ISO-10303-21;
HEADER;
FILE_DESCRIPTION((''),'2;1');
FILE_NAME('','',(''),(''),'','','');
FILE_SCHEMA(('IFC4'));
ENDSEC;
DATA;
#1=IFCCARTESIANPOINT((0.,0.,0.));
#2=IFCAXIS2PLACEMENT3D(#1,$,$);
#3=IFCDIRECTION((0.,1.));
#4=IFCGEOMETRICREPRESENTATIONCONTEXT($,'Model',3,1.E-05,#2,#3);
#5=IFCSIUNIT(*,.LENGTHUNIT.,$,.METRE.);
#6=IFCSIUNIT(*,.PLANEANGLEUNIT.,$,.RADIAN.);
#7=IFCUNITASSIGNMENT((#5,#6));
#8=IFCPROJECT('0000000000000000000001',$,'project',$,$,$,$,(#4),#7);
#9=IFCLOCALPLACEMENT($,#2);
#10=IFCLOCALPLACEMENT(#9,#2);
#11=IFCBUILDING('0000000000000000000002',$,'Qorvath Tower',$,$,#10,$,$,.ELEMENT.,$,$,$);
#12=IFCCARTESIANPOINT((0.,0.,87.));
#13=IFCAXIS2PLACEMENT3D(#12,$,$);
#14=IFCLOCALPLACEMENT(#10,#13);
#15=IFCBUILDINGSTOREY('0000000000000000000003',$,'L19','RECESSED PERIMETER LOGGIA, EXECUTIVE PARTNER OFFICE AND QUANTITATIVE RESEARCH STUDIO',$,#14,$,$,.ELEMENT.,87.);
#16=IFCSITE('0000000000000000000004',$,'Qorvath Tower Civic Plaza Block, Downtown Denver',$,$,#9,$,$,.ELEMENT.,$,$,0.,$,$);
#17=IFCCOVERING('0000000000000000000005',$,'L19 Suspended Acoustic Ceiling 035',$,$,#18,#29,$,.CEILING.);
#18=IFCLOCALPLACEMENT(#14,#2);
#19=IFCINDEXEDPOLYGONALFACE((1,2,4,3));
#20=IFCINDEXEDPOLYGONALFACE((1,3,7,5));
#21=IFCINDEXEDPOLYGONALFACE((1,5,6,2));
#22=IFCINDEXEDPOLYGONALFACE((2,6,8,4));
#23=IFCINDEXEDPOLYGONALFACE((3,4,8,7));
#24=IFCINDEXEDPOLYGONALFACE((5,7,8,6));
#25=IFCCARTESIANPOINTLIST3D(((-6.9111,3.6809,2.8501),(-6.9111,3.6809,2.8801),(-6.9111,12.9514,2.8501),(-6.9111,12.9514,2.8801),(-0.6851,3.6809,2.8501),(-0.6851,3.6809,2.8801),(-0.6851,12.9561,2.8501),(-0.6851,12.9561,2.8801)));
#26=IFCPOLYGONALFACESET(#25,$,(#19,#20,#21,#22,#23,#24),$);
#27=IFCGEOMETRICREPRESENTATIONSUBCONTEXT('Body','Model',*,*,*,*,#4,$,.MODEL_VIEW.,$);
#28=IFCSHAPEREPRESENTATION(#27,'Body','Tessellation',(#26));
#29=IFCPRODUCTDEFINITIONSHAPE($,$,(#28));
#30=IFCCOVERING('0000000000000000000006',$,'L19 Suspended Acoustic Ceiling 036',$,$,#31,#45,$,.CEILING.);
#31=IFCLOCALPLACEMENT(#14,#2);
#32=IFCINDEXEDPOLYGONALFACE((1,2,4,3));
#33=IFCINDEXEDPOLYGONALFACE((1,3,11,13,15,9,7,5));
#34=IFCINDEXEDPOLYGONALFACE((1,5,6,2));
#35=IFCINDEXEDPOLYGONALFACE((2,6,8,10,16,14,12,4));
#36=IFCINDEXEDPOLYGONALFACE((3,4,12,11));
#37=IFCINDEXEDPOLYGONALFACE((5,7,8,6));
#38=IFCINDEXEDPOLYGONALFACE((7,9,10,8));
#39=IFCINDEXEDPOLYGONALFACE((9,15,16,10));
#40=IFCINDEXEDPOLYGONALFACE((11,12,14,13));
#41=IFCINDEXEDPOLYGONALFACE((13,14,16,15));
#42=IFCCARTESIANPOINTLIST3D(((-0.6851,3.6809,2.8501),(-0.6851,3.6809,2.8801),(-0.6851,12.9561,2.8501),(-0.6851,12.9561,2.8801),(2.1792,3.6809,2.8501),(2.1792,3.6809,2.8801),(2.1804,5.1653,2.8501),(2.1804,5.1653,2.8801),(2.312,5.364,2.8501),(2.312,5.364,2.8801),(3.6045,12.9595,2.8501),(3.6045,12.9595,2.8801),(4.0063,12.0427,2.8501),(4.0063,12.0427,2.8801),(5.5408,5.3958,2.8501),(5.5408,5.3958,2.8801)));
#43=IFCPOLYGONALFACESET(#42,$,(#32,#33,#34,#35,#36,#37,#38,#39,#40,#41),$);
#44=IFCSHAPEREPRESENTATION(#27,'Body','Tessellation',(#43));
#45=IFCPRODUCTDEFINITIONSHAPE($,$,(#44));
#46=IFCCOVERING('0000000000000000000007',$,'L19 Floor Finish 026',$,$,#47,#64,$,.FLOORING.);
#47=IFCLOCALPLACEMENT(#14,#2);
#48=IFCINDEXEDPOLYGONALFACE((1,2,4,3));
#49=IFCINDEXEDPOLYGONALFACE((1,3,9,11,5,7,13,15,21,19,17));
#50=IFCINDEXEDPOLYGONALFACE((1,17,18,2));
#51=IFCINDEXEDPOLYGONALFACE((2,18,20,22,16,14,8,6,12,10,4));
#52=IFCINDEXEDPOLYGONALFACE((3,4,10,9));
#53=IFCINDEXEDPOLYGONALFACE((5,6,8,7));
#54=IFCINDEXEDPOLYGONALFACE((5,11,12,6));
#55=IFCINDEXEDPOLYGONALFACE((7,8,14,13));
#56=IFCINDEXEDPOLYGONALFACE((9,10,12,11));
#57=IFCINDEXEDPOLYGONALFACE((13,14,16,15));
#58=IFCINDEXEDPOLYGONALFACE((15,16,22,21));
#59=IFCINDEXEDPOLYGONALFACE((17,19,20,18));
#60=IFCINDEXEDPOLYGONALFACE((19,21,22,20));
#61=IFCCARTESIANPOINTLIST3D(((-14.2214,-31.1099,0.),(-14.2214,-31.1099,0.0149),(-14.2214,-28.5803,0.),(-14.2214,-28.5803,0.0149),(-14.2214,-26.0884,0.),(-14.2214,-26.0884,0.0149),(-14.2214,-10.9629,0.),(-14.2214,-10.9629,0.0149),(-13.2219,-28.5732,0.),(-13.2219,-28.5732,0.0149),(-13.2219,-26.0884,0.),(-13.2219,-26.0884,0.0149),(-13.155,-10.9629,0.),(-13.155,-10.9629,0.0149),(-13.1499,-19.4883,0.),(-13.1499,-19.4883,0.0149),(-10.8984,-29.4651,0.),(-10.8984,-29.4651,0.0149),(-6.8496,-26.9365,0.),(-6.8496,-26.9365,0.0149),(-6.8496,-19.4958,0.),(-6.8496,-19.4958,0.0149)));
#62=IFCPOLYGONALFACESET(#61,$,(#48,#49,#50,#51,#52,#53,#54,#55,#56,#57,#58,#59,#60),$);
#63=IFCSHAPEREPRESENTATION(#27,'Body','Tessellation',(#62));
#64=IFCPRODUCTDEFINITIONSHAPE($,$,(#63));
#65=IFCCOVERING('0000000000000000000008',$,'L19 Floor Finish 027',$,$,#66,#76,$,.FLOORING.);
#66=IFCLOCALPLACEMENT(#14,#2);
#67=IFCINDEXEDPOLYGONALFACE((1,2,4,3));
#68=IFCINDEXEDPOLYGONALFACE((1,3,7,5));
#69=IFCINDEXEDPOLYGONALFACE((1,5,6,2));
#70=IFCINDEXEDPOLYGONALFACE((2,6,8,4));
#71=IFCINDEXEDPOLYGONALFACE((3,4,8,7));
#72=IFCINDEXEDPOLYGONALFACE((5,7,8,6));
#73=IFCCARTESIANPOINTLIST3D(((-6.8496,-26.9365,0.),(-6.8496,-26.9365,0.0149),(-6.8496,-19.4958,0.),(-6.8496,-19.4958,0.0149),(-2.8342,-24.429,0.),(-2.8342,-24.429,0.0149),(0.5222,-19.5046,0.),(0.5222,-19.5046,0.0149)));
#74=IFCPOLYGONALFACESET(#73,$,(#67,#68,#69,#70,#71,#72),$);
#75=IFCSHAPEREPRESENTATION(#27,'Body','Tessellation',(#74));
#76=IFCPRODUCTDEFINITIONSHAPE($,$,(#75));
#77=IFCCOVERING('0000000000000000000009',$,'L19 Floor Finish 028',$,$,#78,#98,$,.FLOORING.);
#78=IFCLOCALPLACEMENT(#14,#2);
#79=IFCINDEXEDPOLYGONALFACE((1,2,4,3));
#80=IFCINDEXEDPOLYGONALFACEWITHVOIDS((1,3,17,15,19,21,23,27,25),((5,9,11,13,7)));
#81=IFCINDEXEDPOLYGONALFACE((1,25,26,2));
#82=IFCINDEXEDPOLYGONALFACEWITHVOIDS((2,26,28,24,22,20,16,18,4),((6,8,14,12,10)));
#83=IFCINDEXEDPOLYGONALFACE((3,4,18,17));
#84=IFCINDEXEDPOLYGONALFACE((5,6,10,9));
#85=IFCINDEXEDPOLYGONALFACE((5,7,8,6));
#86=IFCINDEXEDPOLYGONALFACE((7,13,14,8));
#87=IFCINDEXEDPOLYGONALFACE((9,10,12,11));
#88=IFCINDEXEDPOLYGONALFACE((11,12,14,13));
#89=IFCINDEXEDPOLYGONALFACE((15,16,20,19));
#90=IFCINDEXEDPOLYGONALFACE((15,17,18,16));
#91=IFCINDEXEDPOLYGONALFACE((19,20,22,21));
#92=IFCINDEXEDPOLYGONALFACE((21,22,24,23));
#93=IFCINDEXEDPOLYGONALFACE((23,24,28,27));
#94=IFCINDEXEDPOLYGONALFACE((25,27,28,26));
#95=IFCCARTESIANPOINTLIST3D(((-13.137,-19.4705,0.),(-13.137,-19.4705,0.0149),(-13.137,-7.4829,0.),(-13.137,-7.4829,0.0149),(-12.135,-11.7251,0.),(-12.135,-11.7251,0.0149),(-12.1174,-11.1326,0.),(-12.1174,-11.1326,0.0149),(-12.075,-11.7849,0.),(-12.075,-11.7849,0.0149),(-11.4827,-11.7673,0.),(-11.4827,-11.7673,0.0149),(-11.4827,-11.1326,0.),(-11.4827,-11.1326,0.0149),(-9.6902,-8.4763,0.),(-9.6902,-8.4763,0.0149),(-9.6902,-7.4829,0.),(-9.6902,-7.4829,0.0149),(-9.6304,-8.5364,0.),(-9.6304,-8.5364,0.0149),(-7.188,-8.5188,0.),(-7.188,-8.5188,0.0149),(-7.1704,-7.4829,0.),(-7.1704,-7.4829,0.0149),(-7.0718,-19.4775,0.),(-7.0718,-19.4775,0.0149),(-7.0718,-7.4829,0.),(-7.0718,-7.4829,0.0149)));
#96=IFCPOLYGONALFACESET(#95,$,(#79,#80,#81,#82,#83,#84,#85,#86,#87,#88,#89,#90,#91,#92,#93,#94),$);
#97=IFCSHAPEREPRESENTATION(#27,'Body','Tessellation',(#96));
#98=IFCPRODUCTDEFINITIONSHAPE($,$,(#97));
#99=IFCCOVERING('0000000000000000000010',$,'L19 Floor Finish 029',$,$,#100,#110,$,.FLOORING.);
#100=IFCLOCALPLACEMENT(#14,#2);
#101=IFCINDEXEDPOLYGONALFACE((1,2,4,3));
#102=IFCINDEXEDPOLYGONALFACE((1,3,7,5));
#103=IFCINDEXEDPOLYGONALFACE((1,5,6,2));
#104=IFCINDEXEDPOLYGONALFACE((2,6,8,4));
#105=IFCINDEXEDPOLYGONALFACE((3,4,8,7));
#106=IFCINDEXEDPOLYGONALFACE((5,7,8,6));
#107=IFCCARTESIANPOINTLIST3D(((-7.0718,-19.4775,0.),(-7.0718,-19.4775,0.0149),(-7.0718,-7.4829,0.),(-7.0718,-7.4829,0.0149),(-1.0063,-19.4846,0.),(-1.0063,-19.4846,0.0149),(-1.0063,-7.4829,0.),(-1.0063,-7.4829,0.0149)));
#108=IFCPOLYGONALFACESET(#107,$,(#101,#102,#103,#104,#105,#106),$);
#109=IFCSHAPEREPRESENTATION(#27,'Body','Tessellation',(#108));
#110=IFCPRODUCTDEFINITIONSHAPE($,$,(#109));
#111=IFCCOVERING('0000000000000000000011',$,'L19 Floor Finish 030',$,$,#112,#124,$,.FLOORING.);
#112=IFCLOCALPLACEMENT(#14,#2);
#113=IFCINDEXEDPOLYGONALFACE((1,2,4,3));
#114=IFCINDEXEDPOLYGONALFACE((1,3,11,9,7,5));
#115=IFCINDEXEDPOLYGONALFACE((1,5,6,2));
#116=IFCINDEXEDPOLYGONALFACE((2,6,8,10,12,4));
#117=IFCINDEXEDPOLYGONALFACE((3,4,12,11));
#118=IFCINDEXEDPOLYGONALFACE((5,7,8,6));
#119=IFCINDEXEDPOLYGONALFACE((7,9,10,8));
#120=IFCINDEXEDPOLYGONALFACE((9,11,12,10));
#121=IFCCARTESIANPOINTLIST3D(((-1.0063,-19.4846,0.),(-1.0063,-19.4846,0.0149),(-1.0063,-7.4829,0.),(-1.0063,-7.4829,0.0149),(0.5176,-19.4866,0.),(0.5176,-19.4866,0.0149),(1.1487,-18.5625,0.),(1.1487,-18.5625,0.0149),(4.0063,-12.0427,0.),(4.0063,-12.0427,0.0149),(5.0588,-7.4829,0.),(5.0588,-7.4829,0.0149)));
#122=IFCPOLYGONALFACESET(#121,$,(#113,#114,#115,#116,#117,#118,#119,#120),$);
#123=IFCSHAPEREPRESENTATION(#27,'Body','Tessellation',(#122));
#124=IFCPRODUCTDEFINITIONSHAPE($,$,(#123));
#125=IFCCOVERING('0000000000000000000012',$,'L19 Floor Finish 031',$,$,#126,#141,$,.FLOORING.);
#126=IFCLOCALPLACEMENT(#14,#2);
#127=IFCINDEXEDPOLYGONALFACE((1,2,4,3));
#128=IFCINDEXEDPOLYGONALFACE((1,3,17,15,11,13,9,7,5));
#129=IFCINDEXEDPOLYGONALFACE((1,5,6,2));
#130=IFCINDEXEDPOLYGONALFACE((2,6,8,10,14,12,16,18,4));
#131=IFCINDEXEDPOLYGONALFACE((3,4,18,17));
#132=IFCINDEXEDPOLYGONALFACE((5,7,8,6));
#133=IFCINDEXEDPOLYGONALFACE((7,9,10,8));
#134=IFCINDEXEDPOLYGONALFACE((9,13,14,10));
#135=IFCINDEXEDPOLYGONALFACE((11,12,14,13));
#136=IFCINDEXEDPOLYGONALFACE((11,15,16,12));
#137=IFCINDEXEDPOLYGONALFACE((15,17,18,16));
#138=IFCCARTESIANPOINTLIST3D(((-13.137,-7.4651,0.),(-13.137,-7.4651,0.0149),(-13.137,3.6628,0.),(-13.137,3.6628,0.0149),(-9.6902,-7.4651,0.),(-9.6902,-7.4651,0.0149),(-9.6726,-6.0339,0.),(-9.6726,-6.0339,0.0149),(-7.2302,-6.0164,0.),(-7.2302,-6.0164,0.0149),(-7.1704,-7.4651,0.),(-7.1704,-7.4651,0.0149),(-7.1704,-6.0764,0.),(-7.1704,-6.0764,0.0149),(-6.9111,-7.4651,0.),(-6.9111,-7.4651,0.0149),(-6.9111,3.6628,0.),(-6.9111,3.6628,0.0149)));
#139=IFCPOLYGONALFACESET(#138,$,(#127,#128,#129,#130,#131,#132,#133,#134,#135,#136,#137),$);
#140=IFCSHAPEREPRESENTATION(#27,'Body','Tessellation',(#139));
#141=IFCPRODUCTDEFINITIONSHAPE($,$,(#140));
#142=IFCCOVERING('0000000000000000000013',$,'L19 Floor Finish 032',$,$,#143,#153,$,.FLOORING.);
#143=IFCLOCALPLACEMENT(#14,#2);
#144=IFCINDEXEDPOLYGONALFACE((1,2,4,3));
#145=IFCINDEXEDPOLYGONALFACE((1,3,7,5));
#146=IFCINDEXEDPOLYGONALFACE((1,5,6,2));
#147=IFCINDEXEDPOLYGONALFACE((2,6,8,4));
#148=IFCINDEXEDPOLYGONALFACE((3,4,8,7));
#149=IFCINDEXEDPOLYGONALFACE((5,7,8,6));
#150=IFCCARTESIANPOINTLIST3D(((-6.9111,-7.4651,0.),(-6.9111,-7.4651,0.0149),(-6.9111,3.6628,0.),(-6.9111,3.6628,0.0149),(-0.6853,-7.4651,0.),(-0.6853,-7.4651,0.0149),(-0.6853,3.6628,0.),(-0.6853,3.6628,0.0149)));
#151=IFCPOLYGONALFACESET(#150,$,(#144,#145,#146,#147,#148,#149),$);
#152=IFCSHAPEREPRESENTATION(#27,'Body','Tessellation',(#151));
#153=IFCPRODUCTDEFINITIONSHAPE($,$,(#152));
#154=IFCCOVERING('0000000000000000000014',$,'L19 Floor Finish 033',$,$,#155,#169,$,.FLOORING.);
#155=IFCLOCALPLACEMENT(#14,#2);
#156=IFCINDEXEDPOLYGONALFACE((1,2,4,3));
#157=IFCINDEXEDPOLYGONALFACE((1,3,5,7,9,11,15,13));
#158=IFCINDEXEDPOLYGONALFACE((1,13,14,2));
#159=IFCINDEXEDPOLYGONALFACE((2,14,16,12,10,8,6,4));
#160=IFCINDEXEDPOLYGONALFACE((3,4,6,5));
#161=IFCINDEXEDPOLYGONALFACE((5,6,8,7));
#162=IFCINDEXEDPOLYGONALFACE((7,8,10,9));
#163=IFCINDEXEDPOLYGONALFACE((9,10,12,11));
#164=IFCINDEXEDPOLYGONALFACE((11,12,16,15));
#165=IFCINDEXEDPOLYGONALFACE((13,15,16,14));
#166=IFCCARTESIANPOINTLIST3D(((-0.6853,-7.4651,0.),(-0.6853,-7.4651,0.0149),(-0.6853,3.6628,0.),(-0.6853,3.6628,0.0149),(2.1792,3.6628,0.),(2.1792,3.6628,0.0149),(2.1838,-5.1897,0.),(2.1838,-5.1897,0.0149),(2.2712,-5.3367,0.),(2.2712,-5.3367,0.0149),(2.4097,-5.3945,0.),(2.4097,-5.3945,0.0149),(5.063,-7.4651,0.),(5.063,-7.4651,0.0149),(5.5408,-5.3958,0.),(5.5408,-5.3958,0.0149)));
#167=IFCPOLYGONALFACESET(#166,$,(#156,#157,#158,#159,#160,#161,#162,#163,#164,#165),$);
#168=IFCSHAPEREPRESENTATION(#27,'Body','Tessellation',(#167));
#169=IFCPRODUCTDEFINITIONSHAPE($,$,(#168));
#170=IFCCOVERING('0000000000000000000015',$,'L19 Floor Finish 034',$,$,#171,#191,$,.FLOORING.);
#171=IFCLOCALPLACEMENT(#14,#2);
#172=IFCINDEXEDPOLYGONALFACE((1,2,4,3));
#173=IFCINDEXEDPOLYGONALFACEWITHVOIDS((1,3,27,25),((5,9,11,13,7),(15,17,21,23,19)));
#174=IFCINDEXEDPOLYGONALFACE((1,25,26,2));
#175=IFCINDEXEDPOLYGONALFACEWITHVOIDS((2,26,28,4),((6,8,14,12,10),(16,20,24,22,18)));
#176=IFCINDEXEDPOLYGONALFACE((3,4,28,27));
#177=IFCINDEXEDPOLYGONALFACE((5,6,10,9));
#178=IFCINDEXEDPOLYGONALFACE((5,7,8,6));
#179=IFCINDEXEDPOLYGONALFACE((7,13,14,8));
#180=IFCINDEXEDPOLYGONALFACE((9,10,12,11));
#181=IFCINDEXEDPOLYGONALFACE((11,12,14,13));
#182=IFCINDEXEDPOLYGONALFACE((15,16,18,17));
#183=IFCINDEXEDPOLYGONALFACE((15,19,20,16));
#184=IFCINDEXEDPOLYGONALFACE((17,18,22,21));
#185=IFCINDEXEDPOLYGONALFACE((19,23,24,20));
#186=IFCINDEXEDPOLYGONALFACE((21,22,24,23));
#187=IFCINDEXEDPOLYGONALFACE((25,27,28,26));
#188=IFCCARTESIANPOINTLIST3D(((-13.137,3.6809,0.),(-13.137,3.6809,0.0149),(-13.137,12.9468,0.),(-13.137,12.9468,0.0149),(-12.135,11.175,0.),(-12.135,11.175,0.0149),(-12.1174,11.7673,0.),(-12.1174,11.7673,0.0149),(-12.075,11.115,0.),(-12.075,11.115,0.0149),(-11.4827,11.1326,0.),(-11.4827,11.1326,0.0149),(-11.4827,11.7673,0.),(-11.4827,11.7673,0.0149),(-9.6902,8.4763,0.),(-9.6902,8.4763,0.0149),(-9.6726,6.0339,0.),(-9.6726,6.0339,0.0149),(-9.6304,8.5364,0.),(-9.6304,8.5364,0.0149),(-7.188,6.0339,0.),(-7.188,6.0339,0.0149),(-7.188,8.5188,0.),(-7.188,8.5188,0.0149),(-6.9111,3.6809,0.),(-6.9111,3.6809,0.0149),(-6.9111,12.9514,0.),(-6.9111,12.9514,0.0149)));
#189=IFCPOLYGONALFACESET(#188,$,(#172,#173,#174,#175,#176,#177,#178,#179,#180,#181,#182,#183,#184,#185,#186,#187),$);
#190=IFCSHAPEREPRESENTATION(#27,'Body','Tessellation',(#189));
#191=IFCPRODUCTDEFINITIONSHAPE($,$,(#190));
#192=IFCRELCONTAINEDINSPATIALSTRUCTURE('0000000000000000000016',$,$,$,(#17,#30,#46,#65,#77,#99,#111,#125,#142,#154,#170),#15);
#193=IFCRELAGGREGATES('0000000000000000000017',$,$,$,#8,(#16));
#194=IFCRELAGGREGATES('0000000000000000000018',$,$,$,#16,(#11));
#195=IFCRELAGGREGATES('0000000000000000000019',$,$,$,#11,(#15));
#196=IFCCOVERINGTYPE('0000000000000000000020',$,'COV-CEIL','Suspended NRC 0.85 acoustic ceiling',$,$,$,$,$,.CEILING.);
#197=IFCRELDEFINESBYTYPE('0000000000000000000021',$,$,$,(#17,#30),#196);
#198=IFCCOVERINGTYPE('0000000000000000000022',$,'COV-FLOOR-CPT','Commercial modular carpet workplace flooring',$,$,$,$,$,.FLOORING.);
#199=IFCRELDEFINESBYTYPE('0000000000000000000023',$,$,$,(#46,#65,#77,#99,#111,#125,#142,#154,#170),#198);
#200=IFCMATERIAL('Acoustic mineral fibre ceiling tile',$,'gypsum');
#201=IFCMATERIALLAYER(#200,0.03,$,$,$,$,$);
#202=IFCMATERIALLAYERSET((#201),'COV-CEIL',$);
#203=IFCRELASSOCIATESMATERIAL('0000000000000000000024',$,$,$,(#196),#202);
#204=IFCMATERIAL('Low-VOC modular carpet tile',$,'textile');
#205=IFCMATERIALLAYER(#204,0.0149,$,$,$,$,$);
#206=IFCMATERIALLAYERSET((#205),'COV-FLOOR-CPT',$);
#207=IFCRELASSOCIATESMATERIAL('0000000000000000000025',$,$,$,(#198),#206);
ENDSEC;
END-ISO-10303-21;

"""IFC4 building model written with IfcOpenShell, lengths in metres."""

from ifc_helpers import new_model, si_unit, direction, frame, origin, place, context, subcontext, project, spatial, polyline, outline, extrude, material, layer, layer_set, type_object, element, save


model = new_model("IFC4")

# Units and contexts
model_context = context("Model", 3, precision=1e-05, world=origin(), true_north=direction((0.0, 1.0)))
body_context = subcontext(model_context, "Body", "Model", "MODEL_VIEW")
ifc_project = project(units=[si_unit("LENGTHUNIT", "METRE"), si_unit("PLANEANGLEUNIT", "RADIAN")], contexts=[model_context])

# Site, building, storey
site_placement = place(None, origin())
site = spatial("IfcSite", under=ifc_project, at=site_placement, Name="Qorvath Tower Civic Plaza Block, Downtown Denver", CompositionType="ELEMENT", RefElevation=0.0)
building_placement = place(site_placement, origin())
building = spatial("IfcBuilding", under=site, at=building_placement, Name="Qorvath Tower", CompositionType="ELEMENT")
storey_placement = place(building_placement, frame((0.0, 0.0, 87.0)))
storey = spatial("IfcBuildingStorey", under=building, at=storey_placement, Name="L19", Description="RECESSED PERIMETER LOGGIA, EXECUTIVE PARTNER OFFICE AND QUANTITATIVE RESEARCH STUDIO", CompositionType="ELEMENT", Elevation=87.0)

# Coverings
ifc_material_1 = material(Name="Acoustic mineral fibre ceiling tile", Category="gypsum")
ifc_layer_1 = layer(ifc_material_1, 0.03)
ifc_layer_set_1 = layer_set([ifc_layer_1], Name="COV-CEIL")
covering_type_1 = type_object("IfcCoveringType", Name="COV-CEIL", Description="Suspended NRC 0.85 acoustic ceiling", PredefinedType="CEILING", material=ifc_layer_set_1)
covering_1_placement = place(storey_placement, frame((0.0, 0.0, 2.8501)))
element("IfcCovering", 1, at=covering_1_placement, inside=storey, type_object=covering_type_1, Name="L19 Suspended Acoustic Ceiling 035", PredefinedType="CEILING", context=body_context, shape_type="SweptSolid", body=[
    extrude(outline(polyline([(-0.6851, 3.6809), (-0.6851, 12.9561), (-6.9111, 12.9514), (-6.9111, 3.6809), (-0.6851, 3.6809)])), origin(), (0.0, 0.0, 1.0), 0.03),
])
covering_2_placement = place(storey_placement, frame((0.0, 0.0, 2.8501)))
element("IfcCovering", 2, at=covering_2_placement, inside=storey, type_object=covering_type_1, Name="L19 Suspended Acoustic Ceiling 036", PredefinedType="CEILING", context=body_context, shape_type="SweptSolid", body=[
    extrude(outline(polyline([(2.312, 5.364), (5.5408, 5.3958), (4.0063, 12.0427), (3.6045, 12.9595), (-0.6851, 12.9561), (-0.6851, 3.6809), (2.1792, 3.6809), (2.1804, 5.1653), (2.312, 5.364)])), origin(), (0.0, 0.0, 1.0), 0.03),
])
ifc_material_2 = material(Name="Low-VOC modular carpet tile", Category="textile")
ifc_layer_2 = layer(ifc_material_2, 0.0149)
ifc_layer_set_2 = layer_set([ifc_layer_2], Name="COV-FLOOR-CPT")
covering_type_2 = type_object("IfcCoveringType", Name="COV-FLOOR-CPT", Description="Commercial modular carpet workplace flooring", PredefinedType="FLOORING", material=ifc_layer_set_2)
covering_3_placement = place(storey_placement, origin())
element("IfcCovering", 3, at=covering_3_placement, inside=storey, type_object=covering_type_2, Name="L19 Floor Finish 026", PredefinedType="FLOORING", context=body_context, shape_type="SweptSolid", body=[
    extrude(outline(polyline([(-14.2214, -10.9629), (-14.2214, -26.0884), (-13.2219, -26.0884), (-13.2219, -28.5732), (-14.2214, -28.5803), (-14.2214, -31.1099), (-10.8984, -29.4651), (-6.8496, -26.9365), (-6.8496, -19.4958), (-13.1499, -19.4883), (-13.155, -10.9629), (-14.2214, -10.9629)])), origin(), (0.0, 0.0, 1.0), 0.0149),
])
covering_4_placement = place(storey_placement, origin())
element("IfcCovering", 4, at=covering_4_placement, inside=storey, type_object=covering_type_2, Name="L19 Floor Finish 027", PredefinedType="FLOORING", context=body_context, shape_type="SweptSolid", body=[
    extrude(outline(polyline([(-6.8496, -19.4958), (-6.8496, -26.9365), (-2.8342, -24.429), (0.5222, -19.5046), (-6.8496, -19.4958)])), origin(), (0.0, 0.0, 1.0), 0.0149),
])
covering_5_placement = place(storey_placement, origin())
element("IfcCovering", 5, at=covering_5_placement, inside=storey, type_object=covering_type_2, Name="L19 Floor Finish 028", PredefinedType="FLOORING", context=body_context, shape_type="SweptSolid", body=[
    extrude(outline(polyline([(-13.137, -19.4705), (-7.0718, -19.4775), (-7.0718, -7.4829), (-7.1704, -7.4829), (-7.188, -8.5188), (-9.6304, -8.5364), (-9.6902, -8.4763), (-9.6902, -7.4829), (-13.137, -7.4829), (-13.137, -19.4705)]), holes=[polyline([(-12.135, -11.7251), (-12.1174, -11.1326), (-11.4827, -11.1326), (-11.4827, -11.7673), (-12.075, -11.7849), (-12.135, -11.7251)])]), origin(), (0.0, 0.0, 1.0), 0.0149),
])
covering_6_placement = place(storey_placement, origin())
element("IfcCovering", 6, at=covering_6_placement, inside=storey, type_object=covering_type_2, Name="L19 Floor Finish 029", PredefinedType="FLOORING", context=body_context, shape_type="SweptSolid", body=[
    extrude(outline(polyline([(-7.0718, -7.4829), (-7.0718, -19.4775), (-1.0063, -19.4846), (-1.0063, -7.4829), (-7.0718, -7.4829)])), origin(), (0.0, 0.0, 1.0), 0.0149),
])
covering_7_placement = place(storey_placement, origin())
element("IfcCovering", 7, at=covering_7_placement, inside=storey, type_object=covering_type_2, Name="L19 Floor Finish 030", PredefinedType="FLOORING", context=body_context, shape_type="SweptSolid", body=[
    extrude(outline(polyline([(-1.0063, -7.4829), (-1.0063, -19.4846), (0.5176, -19.4866), (1.1487, -18.5625), (4.0063, -12.0427), (5.0588, -7.4829), (-1.0063, -7.4829)])), origin(), (0.0, 0.0, 1.0), 0.0149),
])
covering_8_placement = place(storey_placement, origin())
element("IfcCovering", 8, at=covering_8_placement, inside=storey, type_object=covering_type_2, Name="L19 Floor Finish 031", PredefinedType="FLOORING", context=body_context, shape_type="SweptSolid", body=[
    extrude(outline(polyline([(-6.9111, -7.4651), (-6.9111, 3.6628), (-13.137, 3.6628), (-13.137, -7.4651), (-9.6902, -7.4651), (-9.6726, -6.0339), (-7.2302, -6.0164), (-7.1704, -6.0764), (-7.1704, -7.4651), (-6.9111, -7.4651)])), origin(), (0.0, 0.0, 1.0), 0.0149),
])
covering_9_placement = place(storey_placement, origin())
element("IfcCovering", 9, at=covering_9_placement, inside=storey, type_object=covering_type_2, Name="L19 Floor Finish 032", PredefinedType="FLOORING", context=body_context, shape_type="SweptSolid", body=[
    extrude(outline(polyline([(-0.6853, -7.4651), (-0.6853, 3.6628), (-6.9111, 3.6628), (-6.9111, -7.4651), (-0.6853, -7.4651)])), origin(), (0.0, 0.0, 1.0), 0.0149),
])
covering_10_placement = place(storey_placement, origin())
element("IfcCovering", 10, at=covering_10_placement, inside=storey, type_object=covering_type_2, Name="L19 Floor Finish 033", PredefinedType="FLOORING", context=body_context, shape_type="SweptSolid", body=[
    extrude(outline(polyline([(2.2712, -5.3367), (2.1838, -5.1897), (2.1792, 3.6628), (-0.6853, 3.6628), (-0.6853, -7.4651), (5.063, -7.4651), (5.5408, -5.3958), (2.4097, -5.3945), (2.2712, -5.3367)])), origin(), (0.0, 0.0, 1.0), 0.0149),
])
covering_11_placement = place(storey_placement, origin())
element("IfcCovering", 11, at=covering_11_placement, inside=storey, type_object=covering_type_2, Name="L19 Floor Finish 034", PredefinedType="FLOORING", context=body_context, shape_type="SweptSolid", body=[
    extrude(outline(polyline([(-6.9111, 3.6809), (-6.9111, 12.9514), (-13.137, 12.9468), (-13.137, 3.6809), (-6.9111, 3.6809)]), holes=[polyline([(-9.6902, 8.4763), (-9.6304, 8.5364), (-7.188, 8.5188), (-7.188, 6.0339), (-9.6726, 6.0339), (-9.6902, 8.4763)]), polyline([(-12.135, 11.175), (-12.1174, 11.7673), (-11.4827, 11.7673), (-11.4827, 11.1326), (-12.075, 11.115), (-12.135, 11.175)])]), origin(), (0.0, 0.0, 1.0), 0.0149),
])

save(model, "model.ifc")
